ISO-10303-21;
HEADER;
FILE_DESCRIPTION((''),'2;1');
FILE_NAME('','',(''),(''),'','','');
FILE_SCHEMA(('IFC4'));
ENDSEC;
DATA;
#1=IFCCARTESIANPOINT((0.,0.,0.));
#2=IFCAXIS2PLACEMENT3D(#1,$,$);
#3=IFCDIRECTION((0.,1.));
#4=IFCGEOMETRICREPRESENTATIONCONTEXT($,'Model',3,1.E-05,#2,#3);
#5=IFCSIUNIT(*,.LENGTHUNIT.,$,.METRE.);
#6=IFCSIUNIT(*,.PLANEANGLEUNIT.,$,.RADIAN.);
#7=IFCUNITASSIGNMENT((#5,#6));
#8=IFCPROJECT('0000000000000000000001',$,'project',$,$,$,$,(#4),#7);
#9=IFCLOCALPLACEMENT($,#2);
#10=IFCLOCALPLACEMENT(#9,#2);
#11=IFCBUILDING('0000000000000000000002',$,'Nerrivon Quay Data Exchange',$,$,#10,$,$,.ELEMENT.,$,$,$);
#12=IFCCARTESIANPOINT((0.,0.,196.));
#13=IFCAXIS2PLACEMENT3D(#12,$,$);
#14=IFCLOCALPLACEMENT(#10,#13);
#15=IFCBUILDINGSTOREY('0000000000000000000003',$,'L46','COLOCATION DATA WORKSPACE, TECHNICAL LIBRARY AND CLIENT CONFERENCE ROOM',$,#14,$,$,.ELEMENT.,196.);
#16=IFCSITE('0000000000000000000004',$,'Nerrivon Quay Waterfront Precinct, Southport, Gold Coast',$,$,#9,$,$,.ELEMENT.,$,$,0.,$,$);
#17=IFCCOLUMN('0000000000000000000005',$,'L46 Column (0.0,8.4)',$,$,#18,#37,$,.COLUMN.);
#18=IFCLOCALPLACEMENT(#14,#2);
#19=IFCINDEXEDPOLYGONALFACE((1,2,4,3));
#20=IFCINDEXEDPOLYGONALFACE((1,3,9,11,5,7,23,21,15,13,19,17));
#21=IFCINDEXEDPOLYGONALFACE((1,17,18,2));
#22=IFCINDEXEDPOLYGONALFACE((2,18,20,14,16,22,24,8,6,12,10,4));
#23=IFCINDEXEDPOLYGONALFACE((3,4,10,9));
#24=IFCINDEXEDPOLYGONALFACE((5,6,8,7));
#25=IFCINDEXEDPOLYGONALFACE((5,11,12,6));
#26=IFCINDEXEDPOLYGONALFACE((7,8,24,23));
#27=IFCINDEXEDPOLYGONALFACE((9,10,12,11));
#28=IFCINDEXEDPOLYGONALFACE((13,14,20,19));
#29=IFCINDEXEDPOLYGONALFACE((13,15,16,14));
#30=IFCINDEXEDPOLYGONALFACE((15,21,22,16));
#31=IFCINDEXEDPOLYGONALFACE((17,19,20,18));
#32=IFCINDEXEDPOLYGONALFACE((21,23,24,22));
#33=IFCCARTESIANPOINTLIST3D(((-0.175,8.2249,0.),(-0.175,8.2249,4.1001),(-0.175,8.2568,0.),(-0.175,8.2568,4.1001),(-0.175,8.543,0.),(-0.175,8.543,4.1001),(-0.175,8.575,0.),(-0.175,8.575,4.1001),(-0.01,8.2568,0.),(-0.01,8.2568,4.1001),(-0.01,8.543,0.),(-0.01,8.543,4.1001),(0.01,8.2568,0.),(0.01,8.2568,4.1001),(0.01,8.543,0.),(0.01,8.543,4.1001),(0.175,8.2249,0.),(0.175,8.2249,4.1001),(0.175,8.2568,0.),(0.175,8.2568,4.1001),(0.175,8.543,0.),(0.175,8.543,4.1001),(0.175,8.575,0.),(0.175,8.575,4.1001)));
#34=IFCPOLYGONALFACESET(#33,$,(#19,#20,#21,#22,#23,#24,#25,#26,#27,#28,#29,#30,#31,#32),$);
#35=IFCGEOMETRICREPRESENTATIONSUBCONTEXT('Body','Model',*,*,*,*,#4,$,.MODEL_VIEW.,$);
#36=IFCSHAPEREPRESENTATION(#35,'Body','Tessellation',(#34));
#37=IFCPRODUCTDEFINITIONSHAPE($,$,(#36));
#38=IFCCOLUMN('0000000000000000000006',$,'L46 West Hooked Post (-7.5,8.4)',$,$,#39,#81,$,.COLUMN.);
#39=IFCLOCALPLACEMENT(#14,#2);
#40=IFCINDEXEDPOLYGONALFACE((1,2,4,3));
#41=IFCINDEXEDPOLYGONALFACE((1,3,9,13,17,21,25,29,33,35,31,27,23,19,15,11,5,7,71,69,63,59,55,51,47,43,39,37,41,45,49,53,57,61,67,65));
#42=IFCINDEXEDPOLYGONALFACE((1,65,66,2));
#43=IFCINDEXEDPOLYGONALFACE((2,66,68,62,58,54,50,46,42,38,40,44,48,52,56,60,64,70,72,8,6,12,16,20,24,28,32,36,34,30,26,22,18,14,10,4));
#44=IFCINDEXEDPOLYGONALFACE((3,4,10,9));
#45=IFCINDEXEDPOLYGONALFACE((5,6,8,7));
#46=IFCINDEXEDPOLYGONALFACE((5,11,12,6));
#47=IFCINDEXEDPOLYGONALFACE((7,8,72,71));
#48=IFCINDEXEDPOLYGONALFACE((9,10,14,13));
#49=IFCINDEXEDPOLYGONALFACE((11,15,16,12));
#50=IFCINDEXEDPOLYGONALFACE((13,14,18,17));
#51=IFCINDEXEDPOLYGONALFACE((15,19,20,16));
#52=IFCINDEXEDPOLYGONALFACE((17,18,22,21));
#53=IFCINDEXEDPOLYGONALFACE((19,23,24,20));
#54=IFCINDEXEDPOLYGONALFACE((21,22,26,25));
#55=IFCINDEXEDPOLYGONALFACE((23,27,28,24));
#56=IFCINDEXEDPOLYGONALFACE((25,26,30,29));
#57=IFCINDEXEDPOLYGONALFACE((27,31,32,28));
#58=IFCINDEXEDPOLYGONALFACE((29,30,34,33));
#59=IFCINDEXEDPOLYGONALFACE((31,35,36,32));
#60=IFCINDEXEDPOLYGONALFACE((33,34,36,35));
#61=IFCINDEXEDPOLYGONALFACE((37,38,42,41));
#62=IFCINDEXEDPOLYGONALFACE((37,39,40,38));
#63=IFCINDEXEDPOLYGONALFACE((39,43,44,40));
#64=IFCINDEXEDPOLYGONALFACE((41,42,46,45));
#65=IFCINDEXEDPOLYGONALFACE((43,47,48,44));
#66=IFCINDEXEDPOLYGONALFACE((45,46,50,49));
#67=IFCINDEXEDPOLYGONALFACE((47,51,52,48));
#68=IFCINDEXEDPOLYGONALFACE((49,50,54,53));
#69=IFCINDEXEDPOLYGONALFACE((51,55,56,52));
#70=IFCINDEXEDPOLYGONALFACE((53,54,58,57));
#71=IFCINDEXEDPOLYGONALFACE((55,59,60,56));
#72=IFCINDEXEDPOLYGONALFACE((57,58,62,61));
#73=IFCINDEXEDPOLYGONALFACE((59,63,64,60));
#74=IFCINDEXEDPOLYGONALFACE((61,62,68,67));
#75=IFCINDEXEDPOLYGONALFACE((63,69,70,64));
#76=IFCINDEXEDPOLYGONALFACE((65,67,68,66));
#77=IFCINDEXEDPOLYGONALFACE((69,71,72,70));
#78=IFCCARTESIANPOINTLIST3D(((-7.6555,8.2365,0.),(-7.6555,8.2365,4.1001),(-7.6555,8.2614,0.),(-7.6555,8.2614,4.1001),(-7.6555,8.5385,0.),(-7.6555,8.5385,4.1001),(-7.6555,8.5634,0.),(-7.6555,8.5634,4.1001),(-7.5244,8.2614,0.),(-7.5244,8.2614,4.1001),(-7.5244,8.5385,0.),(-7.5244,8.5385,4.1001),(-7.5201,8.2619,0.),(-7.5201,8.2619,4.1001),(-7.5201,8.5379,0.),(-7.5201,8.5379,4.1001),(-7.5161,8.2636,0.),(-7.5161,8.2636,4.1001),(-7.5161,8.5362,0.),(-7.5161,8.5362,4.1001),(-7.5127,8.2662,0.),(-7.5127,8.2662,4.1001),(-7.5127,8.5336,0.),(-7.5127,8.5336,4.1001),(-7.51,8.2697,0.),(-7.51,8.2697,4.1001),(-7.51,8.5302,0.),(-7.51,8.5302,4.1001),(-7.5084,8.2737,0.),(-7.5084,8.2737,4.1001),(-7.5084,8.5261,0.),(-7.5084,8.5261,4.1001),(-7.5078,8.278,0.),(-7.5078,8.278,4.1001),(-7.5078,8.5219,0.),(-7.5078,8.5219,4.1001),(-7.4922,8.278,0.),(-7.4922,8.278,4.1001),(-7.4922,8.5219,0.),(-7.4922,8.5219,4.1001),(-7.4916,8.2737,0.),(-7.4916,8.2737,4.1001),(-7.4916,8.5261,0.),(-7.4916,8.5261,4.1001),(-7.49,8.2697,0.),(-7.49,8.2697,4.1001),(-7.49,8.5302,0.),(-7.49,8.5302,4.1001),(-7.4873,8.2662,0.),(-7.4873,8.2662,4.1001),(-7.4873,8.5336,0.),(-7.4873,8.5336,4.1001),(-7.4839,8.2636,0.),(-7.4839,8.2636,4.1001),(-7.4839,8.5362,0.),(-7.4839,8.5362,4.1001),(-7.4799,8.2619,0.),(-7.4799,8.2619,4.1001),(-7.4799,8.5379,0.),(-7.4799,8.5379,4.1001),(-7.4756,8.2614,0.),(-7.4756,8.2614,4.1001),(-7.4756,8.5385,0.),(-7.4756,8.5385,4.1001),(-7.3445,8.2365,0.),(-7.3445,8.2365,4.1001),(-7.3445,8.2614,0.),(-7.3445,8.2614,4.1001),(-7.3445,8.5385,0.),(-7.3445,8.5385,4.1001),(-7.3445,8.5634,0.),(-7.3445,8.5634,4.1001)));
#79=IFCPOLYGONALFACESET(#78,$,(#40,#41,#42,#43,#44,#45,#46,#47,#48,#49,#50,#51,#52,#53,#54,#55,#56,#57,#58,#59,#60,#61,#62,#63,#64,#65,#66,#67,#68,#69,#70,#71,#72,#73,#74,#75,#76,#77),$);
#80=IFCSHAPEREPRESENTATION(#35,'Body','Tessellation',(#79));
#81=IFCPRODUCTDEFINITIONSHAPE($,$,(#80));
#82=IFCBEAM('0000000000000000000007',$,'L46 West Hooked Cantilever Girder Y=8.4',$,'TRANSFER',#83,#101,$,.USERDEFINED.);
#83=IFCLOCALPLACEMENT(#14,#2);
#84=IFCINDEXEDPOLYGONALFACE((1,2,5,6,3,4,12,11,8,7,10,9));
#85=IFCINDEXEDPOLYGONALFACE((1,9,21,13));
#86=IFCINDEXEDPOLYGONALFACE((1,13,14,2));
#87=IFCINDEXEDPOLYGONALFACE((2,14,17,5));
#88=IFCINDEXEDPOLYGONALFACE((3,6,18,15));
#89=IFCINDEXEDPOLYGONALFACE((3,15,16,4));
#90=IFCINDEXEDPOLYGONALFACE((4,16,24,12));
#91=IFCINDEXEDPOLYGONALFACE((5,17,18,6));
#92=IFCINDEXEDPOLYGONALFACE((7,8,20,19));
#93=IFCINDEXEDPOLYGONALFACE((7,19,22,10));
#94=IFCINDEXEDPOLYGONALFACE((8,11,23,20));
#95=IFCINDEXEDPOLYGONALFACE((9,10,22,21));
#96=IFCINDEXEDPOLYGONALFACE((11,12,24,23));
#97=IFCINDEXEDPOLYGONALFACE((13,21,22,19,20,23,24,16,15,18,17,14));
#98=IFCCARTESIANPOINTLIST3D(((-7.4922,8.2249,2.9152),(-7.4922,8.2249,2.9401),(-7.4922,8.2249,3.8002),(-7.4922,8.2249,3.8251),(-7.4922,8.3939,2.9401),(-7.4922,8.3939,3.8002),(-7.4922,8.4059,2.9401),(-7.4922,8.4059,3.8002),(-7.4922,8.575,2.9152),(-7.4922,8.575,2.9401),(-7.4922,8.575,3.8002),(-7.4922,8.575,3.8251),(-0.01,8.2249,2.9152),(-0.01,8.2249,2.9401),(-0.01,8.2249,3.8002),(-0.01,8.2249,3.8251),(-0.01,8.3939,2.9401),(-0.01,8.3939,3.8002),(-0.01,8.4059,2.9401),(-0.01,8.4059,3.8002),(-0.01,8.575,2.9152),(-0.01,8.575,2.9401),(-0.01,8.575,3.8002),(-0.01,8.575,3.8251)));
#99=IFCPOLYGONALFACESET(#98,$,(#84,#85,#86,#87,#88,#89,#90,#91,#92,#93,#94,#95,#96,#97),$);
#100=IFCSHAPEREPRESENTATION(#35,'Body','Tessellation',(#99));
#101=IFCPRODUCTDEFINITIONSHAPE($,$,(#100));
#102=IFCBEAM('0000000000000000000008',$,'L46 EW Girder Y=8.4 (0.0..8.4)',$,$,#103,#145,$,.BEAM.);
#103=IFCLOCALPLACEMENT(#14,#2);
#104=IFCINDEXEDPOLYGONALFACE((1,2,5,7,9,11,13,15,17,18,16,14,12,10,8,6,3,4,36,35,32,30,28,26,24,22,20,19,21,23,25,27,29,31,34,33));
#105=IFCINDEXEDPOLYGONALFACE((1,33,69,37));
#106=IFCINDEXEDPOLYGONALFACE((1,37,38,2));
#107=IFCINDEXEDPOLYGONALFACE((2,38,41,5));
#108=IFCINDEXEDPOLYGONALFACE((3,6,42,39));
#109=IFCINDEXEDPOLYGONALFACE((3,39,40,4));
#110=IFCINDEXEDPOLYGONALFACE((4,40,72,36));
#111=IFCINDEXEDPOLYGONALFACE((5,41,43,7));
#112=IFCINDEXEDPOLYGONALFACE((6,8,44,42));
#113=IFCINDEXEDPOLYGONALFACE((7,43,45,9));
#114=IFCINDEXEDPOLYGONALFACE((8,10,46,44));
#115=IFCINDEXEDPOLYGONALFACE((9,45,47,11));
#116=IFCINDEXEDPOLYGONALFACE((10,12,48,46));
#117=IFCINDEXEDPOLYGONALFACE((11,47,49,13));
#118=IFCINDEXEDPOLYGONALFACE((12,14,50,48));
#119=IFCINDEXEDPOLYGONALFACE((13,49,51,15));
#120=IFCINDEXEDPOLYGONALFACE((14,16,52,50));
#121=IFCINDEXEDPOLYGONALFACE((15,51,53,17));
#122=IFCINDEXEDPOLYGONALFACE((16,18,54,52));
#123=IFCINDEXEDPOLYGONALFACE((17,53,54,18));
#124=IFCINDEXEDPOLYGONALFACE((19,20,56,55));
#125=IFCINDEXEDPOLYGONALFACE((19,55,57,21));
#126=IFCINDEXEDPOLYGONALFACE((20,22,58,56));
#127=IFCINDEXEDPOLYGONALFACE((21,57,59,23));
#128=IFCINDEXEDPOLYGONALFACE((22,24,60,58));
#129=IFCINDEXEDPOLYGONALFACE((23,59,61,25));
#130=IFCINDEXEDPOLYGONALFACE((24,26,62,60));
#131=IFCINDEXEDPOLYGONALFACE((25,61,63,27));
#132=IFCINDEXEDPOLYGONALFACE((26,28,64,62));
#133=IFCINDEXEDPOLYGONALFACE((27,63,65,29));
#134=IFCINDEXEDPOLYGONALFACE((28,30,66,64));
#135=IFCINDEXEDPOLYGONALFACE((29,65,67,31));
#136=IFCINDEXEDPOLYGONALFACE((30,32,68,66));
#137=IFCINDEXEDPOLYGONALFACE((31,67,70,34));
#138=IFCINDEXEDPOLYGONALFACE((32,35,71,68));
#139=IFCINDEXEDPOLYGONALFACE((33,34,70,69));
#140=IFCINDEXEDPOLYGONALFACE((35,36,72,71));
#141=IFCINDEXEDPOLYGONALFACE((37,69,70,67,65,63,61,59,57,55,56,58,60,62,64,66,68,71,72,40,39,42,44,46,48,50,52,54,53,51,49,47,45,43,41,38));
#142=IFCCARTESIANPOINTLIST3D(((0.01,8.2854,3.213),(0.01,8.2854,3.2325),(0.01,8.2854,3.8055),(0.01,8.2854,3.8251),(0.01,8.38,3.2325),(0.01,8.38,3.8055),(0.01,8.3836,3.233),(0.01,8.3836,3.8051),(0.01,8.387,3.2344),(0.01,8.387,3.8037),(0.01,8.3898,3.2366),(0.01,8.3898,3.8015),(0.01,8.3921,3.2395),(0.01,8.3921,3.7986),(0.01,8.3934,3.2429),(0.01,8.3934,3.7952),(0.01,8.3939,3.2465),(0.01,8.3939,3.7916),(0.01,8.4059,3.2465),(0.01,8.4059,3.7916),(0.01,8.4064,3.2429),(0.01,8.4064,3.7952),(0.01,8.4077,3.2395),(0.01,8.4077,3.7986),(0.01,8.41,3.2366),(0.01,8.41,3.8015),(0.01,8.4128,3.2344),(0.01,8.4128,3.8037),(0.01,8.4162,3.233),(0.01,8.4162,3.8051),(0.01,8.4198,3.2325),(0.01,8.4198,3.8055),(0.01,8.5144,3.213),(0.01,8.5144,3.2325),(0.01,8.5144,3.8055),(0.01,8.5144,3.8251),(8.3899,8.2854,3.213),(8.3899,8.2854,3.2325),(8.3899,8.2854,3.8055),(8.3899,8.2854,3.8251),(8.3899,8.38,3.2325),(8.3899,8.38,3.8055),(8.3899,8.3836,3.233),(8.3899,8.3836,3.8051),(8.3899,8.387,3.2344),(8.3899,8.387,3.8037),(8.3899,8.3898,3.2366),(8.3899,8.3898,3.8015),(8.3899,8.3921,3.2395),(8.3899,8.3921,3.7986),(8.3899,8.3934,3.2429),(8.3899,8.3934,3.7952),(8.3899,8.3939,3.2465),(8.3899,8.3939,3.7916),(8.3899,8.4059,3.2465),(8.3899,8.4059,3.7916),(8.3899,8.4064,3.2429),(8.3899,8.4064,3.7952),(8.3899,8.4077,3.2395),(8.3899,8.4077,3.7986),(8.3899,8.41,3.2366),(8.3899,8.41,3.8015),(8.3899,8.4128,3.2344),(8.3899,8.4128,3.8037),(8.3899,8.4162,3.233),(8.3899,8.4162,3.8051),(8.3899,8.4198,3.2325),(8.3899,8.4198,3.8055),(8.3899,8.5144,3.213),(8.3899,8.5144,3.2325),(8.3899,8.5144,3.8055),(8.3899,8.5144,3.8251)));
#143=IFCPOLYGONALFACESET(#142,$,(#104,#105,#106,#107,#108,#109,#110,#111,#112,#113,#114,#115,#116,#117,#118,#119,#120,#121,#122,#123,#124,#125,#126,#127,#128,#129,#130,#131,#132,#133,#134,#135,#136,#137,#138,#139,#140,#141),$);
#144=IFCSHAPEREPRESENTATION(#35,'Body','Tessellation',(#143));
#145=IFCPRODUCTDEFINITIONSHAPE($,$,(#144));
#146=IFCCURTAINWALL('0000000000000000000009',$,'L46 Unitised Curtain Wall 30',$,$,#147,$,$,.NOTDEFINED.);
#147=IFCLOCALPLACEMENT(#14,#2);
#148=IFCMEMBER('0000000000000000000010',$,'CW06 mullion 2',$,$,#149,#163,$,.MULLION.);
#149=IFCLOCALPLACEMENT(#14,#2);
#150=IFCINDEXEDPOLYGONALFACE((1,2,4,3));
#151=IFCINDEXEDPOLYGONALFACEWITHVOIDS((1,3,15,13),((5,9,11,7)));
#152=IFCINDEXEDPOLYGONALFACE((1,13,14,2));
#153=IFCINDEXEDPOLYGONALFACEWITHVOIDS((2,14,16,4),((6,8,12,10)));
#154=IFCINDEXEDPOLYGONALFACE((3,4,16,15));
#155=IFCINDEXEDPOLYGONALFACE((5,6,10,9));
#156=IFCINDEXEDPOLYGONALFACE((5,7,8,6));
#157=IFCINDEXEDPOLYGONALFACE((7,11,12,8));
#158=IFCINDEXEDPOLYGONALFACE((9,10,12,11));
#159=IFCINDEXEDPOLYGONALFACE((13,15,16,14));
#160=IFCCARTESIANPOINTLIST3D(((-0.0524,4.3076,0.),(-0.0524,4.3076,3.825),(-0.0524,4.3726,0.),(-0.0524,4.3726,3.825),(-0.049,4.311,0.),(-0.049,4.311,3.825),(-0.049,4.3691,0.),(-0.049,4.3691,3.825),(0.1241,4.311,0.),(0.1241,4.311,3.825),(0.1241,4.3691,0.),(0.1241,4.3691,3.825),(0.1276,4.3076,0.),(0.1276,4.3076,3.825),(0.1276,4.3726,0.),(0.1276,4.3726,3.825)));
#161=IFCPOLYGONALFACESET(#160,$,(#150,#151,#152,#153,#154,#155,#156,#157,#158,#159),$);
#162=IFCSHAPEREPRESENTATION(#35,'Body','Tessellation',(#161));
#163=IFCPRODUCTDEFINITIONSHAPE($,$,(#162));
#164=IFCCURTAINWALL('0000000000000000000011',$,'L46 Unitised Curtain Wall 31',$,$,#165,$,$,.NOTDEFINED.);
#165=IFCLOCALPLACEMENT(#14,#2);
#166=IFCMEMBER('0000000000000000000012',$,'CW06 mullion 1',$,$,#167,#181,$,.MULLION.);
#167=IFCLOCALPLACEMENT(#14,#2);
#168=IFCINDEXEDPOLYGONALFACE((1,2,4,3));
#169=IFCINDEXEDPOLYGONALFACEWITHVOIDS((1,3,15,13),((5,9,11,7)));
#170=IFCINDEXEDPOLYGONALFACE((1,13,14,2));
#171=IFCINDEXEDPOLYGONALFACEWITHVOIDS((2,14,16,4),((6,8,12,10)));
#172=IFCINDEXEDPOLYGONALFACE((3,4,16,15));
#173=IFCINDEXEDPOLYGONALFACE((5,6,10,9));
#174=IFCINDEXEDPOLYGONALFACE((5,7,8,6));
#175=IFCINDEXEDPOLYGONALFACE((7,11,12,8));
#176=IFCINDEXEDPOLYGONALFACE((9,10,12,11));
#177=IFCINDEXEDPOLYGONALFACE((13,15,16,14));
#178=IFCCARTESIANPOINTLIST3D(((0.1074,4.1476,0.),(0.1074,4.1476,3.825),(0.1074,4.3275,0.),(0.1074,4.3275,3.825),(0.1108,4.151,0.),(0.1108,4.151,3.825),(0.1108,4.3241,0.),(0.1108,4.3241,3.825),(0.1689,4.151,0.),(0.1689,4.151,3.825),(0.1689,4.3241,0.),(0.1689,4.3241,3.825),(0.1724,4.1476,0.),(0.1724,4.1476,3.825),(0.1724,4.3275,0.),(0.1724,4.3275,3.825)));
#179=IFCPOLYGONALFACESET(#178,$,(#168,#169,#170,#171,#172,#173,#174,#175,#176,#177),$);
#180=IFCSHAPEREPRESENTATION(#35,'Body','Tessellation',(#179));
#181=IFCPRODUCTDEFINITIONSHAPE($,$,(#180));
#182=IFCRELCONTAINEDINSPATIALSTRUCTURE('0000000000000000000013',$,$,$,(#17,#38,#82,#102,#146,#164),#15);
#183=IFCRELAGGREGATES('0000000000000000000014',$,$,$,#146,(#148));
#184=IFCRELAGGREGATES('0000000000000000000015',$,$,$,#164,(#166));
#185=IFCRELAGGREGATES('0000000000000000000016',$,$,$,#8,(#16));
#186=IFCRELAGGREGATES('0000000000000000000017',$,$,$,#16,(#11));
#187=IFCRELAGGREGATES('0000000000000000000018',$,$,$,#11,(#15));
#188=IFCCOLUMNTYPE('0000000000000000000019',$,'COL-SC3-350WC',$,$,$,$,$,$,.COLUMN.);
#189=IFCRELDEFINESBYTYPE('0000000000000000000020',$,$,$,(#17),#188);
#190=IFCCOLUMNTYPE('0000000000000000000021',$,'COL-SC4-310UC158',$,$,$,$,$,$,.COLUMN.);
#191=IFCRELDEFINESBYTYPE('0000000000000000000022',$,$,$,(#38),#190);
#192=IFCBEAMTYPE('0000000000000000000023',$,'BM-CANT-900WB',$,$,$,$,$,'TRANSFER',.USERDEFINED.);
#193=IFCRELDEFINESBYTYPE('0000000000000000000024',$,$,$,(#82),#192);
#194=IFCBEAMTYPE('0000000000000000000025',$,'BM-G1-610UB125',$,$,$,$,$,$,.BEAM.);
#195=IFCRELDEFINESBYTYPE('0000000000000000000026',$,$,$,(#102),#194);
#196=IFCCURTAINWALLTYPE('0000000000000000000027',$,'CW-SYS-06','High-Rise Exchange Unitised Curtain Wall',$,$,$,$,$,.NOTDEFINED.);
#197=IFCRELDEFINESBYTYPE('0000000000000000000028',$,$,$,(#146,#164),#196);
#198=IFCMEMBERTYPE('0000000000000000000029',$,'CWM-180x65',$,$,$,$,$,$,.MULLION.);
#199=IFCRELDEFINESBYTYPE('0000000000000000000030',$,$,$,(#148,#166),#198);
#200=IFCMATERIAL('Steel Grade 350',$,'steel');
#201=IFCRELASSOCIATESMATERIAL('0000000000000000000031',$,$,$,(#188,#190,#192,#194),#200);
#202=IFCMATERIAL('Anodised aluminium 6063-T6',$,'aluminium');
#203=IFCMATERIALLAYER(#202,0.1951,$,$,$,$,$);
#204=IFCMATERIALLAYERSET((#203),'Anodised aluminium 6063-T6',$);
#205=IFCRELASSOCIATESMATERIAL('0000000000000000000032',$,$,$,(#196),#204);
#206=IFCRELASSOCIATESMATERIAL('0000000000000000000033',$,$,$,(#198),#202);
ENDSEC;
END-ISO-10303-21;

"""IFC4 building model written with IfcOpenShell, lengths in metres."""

from ifc_helpers import new_model, si_unit, direction, frame, origin, origin_2d, place, context, subcontext, project, spatial, hollow_rectangle, i_section, extrude, material, layer, layer_set, material_profile, profile_set, type_object, element, aggregate, save


model = new_model("IFC4")

# Units and contexts
model_context = context("Model", 3, precision=1e-05, world=origin(), true_north=direction((0.0, 1.0)))
body_context = subcontext(model_context, "Body", "Model", "MODEL_VIEW")
ifc_project = project(units=[si_unit("LENGTHUNIT", "METRE"), si_unit("PLANEANGLEUNIT", "RADIAN")], contexts=[model_context])

# Site, building, storey
site_placement = place(None, origin())
site = spatial("IfcSite", under=ifc_project, at=site_placement, Name="Nerrivon Quay Waterfront Precinct, Southport, Gold Coast", CompositionType="ELEMENT", RefElevation=0.0)
building_placement = place(site_placement, origin())
building = spatial("IfcBuilding", under=site, at=building_placement, Name="Nerrivon Quay Data Exchange", CompositionType="ELEMENT")
storey_placement = place(building_placement, frame((0.0, 0.0, 196.0)))
storey = spatial("IfcBuildingStorey", under=building, at=storey_placement, Name="L46", Description="COLOCATION DATA WORKSPACE, TECHNICAL LIBRARY AND CLIENT CONFERENCE ROOM", CompositionType="ELEMENT", Elevation=196.0)

# Columns
ifc_material_1 = material(Name="Steel Grade 350", Category="steel")
ifc_material_profile_1 = material_profile(ifc_material_1, i_section(OverallWidth=0.3501, OverallDepth=0.3501, WebThickness=0.02, FlangeThickness=0.032, at=origin_2d()), Name="350WC230")
ifc_profile_set_1 = profile_set([ifc_material_profile_1], Name="Steel Grade 350")
column_type_1 = type_object("IfcColumnType", Name="COL-SC3-350WC", PredefinedType="COLUMN", material=ifc_profile_set_1)
column_1_placement = place(storey_placement, frame((0.0, 8.3999, 0.0), z_axis=(0.0, 0.0, 1.0), x_axis=(1.0, 0.0, 0.0)))
element("IfcColumn", 1, at=column_1_placement, inside=storey, type_object=column_type_1, Name="L46 Column (0.0,8.4)", PredefinedType="COLUMN", context=body_context, shape_type="SweptSolid", body=[
    extrude(i_section(OverallWidth=0.3501, OverallDepth=0.3501, WebThickness=0.02, FlangeThickness=0.032, at=origin_2d()), origin(), (0.0, 0.0, 1.0), 4.1001),
])
ifc_material_profile_2 = material_profile(ifc_material_1, i_section(OverallWidth=0.311, OverallDepth=0.3269, WebThickness=0.0156, FlangeThickness=0.0249, FilletRadius=0.0166, at=origin_2d()), Name="310UC158")
ifc_profile_set_2 = profile_set([ifc_material_profile_2], Name="Steel Grade 350")
column_type_2 = type_object("IfcColumnType", Name="COL-SC4-310UC158", PredefinedType="COLUMN", material=ifc_profile_set_2)
column_2_placement = place(storey_placement, frame((-7.5, 8.3999, 0.0), z_axis=(0.0, 0.0, 1.0), x_axis=(1.0, 0.0, 0.0)))
element("IfcColumn", 2, at=column_2_placement, inside=storey, type_object=column_type_2, Name="L46 West Hooked Post (-7.5,8.4)", PredefinedType="COLUMN", context=body_context, shape_type="SweptSolid", body=[
    extrude(i_section(OverallWidth=0.311, OverallDepth=0.3269, WebThickness=0.0156, FlangeThickness=0.0249, FilletRadius=0.0166, at=origin_2d()), origin(), (0.0, 0.0, 1.0), 4.1001),
])

# Beams
ifc_material_profile_3 = material_profile(ifc_material_1, i_section(OverallWidth=0.3501, OverallDepth=0.9099, WebThickness=0.012, FlangeThickness=0.0249, at=origin_2d()), Name="900WB218")
ifc_profile_set_3 = profile_set([ifc_material_profile_3], Name="Steel Grade 350")
beam_type_1 = type_object("IfcBeamType", Name="BM-CANT-900WB", ElementType="TRANSFER", PredefinedType="USERDEFINED", material=ifc_profile_set_3)
beam_1_placement = place(storey_placement, frame((-0.01, 8.3999, 3.3701), z_axis=(-1.0, 0.0, 0.0), x_axis=(0.0, -1.0, 0.0)))
element("IfcBeam", 3, at=beam_1_placement, inside=storey, type_object=beam_type_1, Name="L46 West Hooked Cantilever Girder Y=8.4", ObjectType="TRANSFER", PredefinedType="USERDEFINED", context=body_context, shape_type="SweptSolid", body=[
    extrude(i_section(OverallWidth=0.3501, OverallDepth=0.9099, WebThickness=0.012, FlangeThickness=0.0249, at=origin_2d()), origin(), (0.0, 0.0, 1.0), 7.4822),
])
ifc_material_profile_4 = material_profile(ifc_material_1, i_section(OverallWidth=0.229, OverallDepth=0.6121, WebThickness=0.012, FlangeThickness=0.0195, FilletRadius=0.0139, at=origin_2d()), Name="610UB125")
ifc_profile_set_4 = profile_set([ifc_material_profile_4], Name="Steel Grade 350")
beam_type_2 = type_object("IfcBeamType", Name="BM-G1-610UB125", PredefinedType="BEAM", material=ifc_profile_set_4)
beam_2_placement = place(storey_placement, frame((0.01, 8.3999, 3.519), z_axis=(1.0, 0.0, 0.0), x_axis=(0.0, 1.0, 0.0)))
element("IfcBeam", 4, at=beam_2_placement, inside=storey, type_object=beam_type_2, Name="L46 EW Girder Y=8.4 (0.0..8.4)", PredefinedType="BEAM", context=body_context, shape_type="SweptSolid", body=[
    extrude(i_section(OverallWidth=0.229, OverallDepth=0.6121, WebThickness=0.012, FlangeThickness=0.0195, FilletRadius=0.0139, at=origin_2d()), origin(), (0.0, 0.0, 1.0), 8.3799),
])

# Curtain wall, member
ifc_material_2 = material(Name="Anodised aluminium 6063-T6", Category="aluminium")
ifc_layer_1 = layer(ifc_material_2, 0.1951)
ifc_layer_set_1 = layer_set([ifc_layer_1], Name="Anodised aluminium 6063-T6")
curtain_wall_type_1 = type_object("IfcCurtainWallType", Name="CW-SYS-06", Description="High-Rise Exchange Unitised Curtain Wall", PredefinedType="NOTDEFINED", material=ifc_layer_set_1)
curtain_wall_1_placement = place(storey_placement, origin())
curtain_wall_1 = element("IfcCurtainWall", 5, at=curtain_wall_1_placement, inside=storey, type_object=curtain_wall_type_1, Name="L46 Unitised Curtain Wall 30", PredefinedType="NOTDEFINED")
ifc_material_profile_5 = material_profile(ifc_material_2, hollow_rectangle(XDim=0.0649, YDim=0.1799, WallThickness=0.0034, at=origin_2d()), Name="ALU-MULL-180x65")
ifc_profile_set_5 = profile_set([ifc_material_profile_5], Name="Anodised aluminium 6063-T6")
member_type_1 = type_object("IfcMemberType", Name="CWM-180x65", PredefinedType="MULLION", material=ifc_profile_set_5)
member_1_placement = place(storey_placement, frame((0.0376, 4.3401, 0.0), z_axis=(0.0, 0.0, 1.0), x_axis=(0.0, -1.0, 0.0)))
member_1 = element("IfcMember", 6, at=member_1_placement, type_object=member_type_1, Name="CW06 mullion 2", PredefinedType="MULLION", context=body_context, shape_type="SweptSolid", body=[
    extrude(hollow_rectangle(XDim=0.0649, YDim=0.1799, WallThickness=0.0034, at=origin_2d()), origin(), (0.0, 0.0, 1.0), 3.825),
])

# Curtain wall, member
curtain_wall_2_placement = place(storey_placement, origin())
curtain_wall_2 = element("IfcCurtainWall", 7, at=curtain_wall_2_placement, inside=storey, type_object=curtain_wall_type_1, Name="L46 Unitised Curtain Wall 31", PredefinedType="NOTDEFINED")
member_2_placement = place(storey_placement, frame((0.1399, 4.2375, 0.0), z_axis=(0.0, 0.0, 1.0), x_axis=(-1.0, 0.0, 0.0)))
member_2 = element("IfcMember", 8, at=member_2_placement, type_object=member_type_1, Name="CW06 mullion 1", PredefinedType="MULLION", context=body_context, shape_type="SweptSolid", body=[
    extrude(hollow_rectangle(XDim=0.0649, YDim=0.1799, WallThickness=0.0034, at=origin_2d()), origin(), (0.0, 0.0, 1.0), 3.825),
])

aggregate(curtain_wall_1, [member_1])
aggregate(curtain_wall_2, [member_2])

save(model, "model.ifc")
